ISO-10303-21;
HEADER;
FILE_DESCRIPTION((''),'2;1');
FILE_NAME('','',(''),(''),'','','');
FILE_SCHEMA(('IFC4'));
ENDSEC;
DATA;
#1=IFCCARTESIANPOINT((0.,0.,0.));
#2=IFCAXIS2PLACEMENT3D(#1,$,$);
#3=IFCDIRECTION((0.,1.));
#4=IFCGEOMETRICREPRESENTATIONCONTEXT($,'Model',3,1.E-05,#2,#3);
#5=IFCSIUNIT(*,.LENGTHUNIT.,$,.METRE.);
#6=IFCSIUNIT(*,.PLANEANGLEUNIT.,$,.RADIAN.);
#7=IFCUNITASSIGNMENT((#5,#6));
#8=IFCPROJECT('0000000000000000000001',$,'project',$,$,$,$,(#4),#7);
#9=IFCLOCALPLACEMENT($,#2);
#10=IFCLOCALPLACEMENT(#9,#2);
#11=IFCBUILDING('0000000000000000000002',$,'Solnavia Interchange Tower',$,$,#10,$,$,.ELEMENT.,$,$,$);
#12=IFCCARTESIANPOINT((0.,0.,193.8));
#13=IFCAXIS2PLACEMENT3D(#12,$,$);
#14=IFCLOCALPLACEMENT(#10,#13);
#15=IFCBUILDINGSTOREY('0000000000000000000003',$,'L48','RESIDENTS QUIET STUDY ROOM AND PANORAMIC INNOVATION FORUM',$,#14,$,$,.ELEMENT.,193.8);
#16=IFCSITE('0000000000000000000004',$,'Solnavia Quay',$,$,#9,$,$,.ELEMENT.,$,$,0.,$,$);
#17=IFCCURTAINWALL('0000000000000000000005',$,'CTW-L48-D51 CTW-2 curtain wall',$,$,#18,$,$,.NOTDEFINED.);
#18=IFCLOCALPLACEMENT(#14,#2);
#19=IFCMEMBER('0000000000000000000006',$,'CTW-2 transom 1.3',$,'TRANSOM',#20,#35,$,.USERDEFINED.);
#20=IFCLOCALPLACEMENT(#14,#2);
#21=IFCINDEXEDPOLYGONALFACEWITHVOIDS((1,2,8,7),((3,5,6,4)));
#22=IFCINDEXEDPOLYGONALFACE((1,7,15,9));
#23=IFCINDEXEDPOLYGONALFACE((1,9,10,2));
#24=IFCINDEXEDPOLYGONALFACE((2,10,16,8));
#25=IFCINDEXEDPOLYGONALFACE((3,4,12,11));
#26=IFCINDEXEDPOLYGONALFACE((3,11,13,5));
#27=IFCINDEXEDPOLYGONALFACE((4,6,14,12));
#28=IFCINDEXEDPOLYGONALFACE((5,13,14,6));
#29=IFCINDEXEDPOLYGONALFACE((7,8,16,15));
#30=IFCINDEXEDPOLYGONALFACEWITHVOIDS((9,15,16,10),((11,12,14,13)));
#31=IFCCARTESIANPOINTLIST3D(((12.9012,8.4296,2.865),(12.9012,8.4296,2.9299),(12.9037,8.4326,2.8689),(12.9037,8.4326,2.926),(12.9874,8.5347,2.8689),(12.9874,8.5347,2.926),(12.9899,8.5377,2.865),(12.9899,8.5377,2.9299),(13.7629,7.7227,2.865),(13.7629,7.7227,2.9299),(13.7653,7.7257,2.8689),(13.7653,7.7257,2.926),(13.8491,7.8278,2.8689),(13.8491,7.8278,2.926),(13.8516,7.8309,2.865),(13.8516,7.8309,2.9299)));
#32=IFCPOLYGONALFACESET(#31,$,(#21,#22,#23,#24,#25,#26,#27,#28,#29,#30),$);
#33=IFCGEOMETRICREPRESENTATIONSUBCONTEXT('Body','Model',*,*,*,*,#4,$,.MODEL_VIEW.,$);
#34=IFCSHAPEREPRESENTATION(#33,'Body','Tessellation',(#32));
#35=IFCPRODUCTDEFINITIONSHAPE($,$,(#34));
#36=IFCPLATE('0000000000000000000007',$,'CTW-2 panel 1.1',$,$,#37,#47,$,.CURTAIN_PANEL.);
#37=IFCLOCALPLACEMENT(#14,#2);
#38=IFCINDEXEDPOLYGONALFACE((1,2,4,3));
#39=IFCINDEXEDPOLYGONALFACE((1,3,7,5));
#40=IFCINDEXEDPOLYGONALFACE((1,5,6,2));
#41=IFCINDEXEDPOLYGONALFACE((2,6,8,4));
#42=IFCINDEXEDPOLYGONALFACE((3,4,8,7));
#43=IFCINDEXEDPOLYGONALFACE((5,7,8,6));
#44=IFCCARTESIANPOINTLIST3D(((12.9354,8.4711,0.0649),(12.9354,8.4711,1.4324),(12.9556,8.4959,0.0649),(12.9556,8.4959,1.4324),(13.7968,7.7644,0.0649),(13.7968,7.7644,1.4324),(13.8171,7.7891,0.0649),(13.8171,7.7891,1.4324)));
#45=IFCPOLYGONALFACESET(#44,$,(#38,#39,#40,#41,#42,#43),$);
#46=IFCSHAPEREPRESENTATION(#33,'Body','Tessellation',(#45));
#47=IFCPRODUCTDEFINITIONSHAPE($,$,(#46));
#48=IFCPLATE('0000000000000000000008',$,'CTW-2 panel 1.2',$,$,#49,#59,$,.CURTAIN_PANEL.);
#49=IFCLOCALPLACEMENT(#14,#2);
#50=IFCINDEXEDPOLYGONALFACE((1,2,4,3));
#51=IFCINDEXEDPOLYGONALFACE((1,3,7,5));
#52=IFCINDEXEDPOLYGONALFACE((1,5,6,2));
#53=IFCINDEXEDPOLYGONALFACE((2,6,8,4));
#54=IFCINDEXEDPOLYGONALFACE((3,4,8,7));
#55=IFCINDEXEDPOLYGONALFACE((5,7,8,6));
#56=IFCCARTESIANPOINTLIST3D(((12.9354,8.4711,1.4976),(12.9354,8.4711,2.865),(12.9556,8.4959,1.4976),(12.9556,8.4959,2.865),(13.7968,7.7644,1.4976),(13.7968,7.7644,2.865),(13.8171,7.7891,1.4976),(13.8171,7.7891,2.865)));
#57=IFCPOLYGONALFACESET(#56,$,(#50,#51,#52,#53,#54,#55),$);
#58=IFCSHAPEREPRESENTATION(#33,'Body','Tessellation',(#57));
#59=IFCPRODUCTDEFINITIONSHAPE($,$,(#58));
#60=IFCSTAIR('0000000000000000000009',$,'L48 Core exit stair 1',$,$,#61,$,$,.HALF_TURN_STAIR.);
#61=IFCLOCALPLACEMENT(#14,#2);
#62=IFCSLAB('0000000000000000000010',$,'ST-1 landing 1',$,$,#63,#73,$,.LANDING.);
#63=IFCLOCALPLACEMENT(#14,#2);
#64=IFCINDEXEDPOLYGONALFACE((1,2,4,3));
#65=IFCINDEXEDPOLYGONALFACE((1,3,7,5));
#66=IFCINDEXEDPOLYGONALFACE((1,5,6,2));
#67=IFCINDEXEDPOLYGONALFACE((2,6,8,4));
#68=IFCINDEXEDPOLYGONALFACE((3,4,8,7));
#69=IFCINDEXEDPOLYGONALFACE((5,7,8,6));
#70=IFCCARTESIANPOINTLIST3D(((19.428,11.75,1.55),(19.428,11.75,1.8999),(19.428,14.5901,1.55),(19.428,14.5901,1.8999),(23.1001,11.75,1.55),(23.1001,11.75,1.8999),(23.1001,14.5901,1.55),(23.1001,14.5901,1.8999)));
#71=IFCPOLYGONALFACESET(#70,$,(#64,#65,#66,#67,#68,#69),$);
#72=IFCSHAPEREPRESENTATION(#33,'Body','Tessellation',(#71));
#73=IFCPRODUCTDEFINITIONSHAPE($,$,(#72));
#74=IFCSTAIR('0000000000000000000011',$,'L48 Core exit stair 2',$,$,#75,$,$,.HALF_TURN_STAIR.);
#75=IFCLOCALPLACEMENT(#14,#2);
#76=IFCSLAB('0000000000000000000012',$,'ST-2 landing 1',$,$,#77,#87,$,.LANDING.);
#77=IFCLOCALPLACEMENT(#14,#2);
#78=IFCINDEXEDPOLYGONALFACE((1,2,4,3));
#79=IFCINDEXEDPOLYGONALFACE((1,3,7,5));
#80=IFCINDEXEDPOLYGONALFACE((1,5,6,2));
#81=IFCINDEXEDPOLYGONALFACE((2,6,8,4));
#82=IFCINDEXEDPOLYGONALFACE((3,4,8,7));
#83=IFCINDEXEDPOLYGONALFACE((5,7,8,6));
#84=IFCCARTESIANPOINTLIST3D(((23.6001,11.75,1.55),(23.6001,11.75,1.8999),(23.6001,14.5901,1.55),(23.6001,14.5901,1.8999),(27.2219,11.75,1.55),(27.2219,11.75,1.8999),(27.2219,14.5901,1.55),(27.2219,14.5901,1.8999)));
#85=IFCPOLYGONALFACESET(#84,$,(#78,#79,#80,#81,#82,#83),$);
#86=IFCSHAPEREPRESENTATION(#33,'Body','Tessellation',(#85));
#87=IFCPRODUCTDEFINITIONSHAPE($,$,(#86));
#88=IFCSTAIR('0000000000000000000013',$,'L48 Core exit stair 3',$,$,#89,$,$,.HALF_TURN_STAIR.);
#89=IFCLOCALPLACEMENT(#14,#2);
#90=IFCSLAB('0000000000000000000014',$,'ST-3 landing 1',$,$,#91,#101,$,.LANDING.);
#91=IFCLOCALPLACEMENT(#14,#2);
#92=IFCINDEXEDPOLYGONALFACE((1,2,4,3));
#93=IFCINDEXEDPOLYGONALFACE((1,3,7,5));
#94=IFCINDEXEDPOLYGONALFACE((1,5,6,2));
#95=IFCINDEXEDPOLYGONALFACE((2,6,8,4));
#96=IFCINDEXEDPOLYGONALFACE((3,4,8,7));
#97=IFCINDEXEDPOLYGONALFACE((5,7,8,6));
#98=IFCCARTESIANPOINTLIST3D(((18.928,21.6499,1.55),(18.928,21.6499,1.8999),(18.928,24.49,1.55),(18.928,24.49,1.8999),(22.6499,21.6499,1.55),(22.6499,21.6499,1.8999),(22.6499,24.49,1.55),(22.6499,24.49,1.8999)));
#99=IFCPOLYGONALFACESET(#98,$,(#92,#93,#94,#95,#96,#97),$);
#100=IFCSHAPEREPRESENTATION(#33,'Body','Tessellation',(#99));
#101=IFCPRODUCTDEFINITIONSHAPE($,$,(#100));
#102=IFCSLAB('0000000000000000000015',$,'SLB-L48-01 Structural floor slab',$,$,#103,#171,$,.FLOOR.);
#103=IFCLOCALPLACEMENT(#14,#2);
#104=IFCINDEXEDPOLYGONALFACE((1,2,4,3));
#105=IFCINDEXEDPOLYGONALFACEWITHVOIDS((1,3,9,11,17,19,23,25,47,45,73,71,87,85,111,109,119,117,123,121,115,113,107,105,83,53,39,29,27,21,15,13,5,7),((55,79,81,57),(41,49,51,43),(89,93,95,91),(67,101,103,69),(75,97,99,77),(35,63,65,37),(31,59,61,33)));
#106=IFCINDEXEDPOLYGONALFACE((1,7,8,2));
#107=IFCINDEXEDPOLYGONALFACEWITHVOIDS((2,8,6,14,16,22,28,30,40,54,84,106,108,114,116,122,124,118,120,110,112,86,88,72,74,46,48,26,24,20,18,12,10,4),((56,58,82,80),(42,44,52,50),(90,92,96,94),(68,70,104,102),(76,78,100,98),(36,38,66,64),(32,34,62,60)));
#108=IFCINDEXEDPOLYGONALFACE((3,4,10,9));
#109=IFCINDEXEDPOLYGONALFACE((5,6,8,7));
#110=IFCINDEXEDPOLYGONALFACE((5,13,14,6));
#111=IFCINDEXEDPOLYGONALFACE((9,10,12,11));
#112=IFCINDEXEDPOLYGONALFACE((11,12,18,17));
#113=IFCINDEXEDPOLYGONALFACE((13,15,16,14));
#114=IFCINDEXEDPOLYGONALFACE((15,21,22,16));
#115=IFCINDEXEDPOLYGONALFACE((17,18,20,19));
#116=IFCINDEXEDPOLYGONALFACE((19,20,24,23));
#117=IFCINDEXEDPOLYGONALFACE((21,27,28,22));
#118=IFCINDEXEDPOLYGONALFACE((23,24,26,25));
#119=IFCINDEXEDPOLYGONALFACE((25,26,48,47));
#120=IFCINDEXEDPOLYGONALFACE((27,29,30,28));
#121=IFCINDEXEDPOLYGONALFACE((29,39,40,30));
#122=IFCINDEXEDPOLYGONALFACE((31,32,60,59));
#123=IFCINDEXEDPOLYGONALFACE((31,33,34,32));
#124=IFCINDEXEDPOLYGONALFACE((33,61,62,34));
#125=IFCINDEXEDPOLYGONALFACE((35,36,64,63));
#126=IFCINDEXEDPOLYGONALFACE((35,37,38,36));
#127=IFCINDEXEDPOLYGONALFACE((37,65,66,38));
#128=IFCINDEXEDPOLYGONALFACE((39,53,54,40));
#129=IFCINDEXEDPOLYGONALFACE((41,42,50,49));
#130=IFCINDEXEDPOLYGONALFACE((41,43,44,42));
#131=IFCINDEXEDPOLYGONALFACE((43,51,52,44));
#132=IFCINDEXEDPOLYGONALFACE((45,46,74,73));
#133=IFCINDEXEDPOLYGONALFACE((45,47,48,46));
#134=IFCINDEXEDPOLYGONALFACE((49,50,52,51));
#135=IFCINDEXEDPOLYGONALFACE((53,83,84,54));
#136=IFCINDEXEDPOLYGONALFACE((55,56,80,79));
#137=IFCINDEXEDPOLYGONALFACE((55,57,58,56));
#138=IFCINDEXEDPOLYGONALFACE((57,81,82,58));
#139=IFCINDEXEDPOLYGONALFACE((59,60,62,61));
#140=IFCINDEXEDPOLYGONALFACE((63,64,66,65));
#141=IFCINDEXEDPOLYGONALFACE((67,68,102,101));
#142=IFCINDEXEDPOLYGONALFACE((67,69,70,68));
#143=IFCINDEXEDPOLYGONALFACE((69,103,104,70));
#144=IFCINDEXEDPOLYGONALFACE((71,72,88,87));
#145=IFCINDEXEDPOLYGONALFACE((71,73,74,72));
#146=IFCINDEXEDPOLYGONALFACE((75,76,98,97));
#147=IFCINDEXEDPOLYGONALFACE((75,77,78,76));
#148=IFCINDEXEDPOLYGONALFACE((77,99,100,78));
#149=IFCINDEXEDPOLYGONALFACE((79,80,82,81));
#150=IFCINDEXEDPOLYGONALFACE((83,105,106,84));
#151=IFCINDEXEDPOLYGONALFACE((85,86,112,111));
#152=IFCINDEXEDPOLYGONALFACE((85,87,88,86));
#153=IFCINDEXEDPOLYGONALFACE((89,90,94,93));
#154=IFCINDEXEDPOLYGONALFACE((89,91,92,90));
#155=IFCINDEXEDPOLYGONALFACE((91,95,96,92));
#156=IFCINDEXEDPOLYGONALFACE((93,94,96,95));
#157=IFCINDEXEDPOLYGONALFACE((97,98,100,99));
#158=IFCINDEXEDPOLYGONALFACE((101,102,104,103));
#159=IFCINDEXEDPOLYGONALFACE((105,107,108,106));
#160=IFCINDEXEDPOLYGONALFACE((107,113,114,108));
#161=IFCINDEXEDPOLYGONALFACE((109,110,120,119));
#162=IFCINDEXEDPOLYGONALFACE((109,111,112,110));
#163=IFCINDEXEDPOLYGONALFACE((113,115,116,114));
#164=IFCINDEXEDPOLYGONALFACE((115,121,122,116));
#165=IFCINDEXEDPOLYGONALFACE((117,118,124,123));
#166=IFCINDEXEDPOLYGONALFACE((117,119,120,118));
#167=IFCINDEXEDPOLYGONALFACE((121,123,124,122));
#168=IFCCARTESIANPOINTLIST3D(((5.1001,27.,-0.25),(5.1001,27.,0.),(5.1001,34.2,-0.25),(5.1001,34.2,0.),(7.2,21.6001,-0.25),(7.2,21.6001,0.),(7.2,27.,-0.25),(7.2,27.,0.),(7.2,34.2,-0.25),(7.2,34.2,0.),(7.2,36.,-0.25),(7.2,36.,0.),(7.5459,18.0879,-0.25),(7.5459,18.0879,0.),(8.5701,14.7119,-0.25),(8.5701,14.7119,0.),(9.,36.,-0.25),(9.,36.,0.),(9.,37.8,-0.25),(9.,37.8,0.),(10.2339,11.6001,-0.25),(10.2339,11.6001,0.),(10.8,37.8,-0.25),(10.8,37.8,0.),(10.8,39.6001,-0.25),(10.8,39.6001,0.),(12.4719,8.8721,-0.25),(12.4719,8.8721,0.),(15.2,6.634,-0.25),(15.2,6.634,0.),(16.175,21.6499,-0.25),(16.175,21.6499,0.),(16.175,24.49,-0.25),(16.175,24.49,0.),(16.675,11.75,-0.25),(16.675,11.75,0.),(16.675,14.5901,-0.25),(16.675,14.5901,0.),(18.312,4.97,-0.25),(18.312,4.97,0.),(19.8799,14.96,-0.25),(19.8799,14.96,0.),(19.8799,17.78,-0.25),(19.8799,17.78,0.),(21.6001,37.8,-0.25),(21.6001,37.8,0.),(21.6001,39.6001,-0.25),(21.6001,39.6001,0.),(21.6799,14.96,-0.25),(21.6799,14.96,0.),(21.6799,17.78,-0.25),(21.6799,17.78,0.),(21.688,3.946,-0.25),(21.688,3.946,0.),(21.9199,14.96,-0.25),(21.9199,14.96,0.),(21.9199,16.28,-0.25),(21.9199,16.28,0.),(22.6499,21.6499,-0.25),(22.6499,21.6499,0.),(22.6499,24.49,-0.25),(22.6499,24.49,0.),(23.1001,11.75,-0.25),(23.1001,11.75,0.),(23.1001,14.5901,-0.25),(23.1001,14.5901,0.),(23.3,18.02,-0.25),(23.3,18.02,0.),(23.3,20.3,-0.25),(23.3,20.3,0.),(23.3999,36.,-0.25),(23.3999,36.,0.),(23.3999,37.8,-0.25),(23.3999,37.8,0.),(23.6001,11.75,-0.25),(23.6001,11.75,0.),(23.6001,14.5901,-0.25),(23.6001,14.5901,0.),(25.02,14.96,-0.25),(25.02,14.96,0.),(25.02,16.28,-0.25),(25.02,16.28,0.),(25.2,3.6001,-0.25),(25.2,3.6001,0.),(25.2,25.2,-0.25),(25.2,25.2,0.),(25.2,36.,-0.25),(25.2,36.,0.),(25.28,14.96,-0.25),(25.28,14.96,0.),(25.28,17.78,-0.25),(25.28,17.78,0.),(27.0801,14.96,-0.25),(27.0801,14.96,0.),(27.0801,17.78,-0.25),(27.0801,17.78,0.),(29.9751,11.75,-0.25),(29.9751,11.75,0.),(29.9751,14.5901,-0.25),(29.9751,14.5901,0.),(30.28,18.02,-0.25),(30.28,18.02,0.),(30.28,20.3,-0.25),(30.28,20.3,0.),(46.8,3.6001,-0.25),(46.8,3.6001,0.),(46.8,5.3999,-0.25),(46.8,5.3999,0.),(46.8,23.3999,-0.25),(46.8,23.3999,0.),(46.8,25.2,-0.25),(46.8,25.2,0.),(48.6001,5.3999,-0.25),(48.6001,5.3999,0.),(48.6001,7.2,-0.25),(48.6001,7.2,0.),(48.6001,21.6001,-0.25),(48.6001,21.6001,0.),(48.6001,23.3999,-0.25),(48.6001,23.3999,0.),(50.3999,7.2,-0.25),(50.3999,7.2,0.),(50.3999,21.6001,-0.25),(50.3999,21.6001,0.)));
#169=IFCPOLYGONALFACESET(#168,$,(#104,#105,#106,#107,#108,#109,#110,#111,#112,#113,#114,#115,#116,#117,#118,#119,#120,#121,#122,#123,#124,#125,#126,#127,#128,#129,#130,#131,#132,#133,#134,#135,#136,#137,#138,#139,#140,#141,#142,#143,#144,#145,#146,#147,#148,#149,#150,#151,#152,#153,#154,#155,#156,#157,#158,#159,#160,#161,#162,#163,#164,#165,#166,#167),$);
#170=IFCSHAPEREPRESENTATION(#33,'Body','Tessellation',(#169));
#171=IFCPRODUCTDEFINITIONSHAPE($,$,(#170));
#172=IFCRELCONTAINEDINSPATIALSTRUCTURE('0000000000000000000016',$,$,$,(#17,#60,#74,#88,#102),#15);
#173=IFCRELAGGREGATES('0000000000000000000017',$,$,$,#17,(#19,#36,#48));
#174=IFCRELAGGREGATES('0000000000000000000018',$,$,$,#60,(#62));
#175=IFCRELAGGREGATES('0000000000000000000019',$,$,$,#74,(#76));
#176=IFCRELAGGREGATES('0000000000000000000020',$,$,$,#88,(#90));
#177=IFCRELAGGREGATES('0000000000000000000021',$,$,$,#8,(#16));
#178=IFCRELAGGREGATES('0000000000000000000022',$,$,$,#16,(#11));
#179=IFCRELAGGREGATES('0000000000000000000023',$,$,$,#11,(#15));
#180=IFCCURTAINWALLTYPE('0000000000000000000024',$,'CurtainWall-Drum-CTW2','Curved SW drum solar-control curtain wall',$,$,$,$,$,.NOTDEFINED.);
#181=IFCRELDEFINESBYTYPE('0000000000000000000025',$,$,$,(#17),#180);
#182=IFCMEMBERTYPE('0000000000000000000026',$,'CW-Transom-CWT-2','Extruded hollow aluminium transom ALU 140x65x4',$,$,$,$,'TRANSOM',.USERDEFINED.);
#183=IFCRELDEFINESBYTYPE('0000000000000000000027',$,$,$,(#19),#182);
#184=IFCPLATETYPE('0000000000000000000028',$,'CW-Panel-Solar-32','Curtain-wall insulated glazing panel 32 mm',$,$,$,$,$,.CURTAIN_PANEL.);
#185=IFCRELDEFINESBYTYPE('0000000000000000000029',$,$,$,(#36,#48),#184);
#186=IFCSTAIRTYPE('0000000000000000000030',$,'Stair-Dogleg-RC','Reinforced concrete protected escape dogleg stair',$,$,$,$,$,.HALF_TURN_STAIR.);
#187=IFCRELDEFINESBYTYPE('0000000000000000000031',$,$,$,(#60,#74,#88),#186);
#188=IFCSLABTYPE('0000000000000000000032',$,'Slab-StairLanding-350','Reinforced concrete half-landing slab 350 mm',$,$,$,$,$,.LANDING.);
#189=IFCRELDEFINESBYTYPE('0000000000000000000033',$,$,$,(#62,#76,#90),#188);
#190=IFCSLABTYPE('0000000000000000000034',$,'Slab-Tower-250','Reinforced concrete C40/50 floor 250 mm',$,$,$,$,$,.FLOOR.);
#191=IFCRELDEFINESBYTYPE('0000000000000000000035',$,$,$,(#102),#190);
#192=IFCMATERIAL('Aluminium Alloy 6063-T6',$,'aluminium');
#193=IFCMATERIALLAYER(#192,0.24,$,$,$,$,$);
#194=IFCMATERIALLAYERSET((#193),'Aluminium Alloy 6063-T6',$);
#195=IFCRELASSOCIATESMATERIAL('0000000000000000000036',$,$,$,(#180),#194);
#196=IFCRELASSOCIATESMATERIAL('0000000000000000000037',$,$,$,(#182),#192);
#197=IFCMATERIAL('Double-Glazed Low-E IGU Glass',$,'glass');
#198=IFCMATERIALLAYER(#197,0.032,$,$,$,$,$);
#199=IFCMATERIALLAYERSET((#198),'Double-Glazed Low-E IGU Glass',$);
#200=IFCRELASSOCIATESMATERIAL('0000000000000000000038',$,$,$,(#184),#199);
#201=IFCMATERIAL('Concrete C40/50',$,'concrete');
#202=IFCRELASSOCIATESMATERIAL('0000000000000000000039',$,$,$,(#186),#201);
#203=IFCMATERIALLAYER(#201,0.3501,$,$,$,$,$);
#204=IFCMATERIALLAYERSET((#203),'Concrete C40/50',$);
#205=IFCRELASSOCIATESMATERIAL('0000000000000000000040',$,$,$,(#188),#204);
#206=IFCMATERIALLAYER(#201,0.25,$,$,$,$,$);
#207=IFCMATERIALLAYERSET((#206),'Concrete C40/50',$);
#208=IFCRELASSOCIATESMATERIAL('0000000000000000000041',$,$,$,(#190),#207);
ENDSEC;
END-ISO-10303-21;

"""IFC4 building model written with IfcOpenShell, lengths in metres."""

from ifc_helpers import new_model, si_unit, direction, frame, origin, origin_2d, place, context, subcontext, project, spatial, polyline, rectangle, hollow_rectangle, outline, extrude, material, layer, layer_set, material_profile, profile_set, type_object, element, aggregate, save


model = new_model("IFC4")

# Units and contexts
model_context = context("Model", 3, precision=1e-05, world=origin(), true_north=direction((0.0, 1.0)))
body_context = subcontext(model_context, "Body", "Model", "MODEL_VIEW")
ifc_project = project(units=[si_unit("LENGTHUNIT", "METRE"), si_unit("PLANEANGLEUNIT", "RADIAN")], contexts=[model_context])

# Site, building, storey
site_placement = place(None, origin())
site = spatial("IfcSite", under=ifc_project, at=site_placement, Name="Solnavia Quay", CompositionType="ELEMENT", RefElevation=0.0)
building_placement = place(site_placement, origin())
building = spatial("IfcBuilding", under=site, at=building_placement, Name="Solnavia Interchange Tower", CompositionType="ELEMENT")
storey_placement = place(building_placement, frame((0.0, 0.0, 193.8)))
storey = spatial("IfcBuildingStorey", under=building, at=storey_placement, Name="L48", Description="RESIDENTS QUIET STUDY ROOM AND PANORAMIC INNOVATION FORUM", CompositionType="ELEMENT", Elevation=193.8)

# Curtain wall, member, plates
ifc_material_1 = material(Name="Aluminium Alloy 6063-T6", Category="aluminium")
ifc_layer_1 = layer(ifc_material_1, 0.24)
ifc_layer_set_1 = layer_set([ifc_layer_1], Name="Aluminium Alloy 6063-T6")
curtain_wall_type = type_object("IfcCurtainWallType", Name="CurtainWall-Drum-CTW2", Description="Curved SW drum solar-control curtain wall", PredefinedType="NOTDEFINED", material=ifc_layer_set_1)
curtain_wall_placement = place(storey_placement, origin())
curtain_wall = element("IfcCurtainWall", 1, at=curtain_wall_placement, inside=storey, type_object=curtain_wall_type, Name="CTW-L48-D51 CTW-2 curtain wall", PredefinedType="NOTDEFINED")
ifc_material_profile_1 = material_profile(ifc_material_1, hollow_rectangle(XDim=0.0649, YDim=0.1399, WallThickness=0.0039, at=origin_2d()), Name="ALU 140x65x4")
ifc_profile_set_1 = profile_set([ifc_material_profile_1], Name="Aluminium Alloy 6063-T6")
member_type_1 = type_object("IfcMemberType", Name="CW-Transom-CWT-2", Description="Extruded hollow aluminium transom ALU 140x65x4", ElementType="TRANSOM", PredefinedType="USERDEFINED", material=ifc_profile_set_1)
member_1_placement = place(storey_placement, frame((12.9456, 8.4836, 2.8975), z_axis=(0.773137, -0.634239, 0.0), x_axis=(0.0, 0.0, 1.0)))
member_1 = element("IfcMember", 2, at=member_1_placement, type_object=member_type_1, Name="CTW-2 transom 1.3", ObjectType="TRANSOM", PredefinedType="USERDEFINED", context=body_context, shape_type="SweptSolid", body=[
    extrude(hollow_rectangle(XDim=0.0649, YDim=0.1399, WallThickness=0.0039, at=origin_2d()), origin(), (0.0, 0.0, 1.0), 1.1145),
])
ifc_material_2 = material(Name="Double-Glazed Low-E IGU Glass", Category="glass")
ifc_layer_2 = layer(ifc_material_2, 0.032)
ifc_layer_set_2 = layer_set([ifc_layer_2], Name="Double-Glazed Low-E IGU Glass")
plate_type = type_object("IfcPlateType", Name="CW-Panel-Solar-32", Description="Curtain-wall insulated glazing panel 32 mm", PredefinedType="CURTAIN_PANEL", material=ifc_layer_set_2)
plate_1_placement = place(storey_placement, frame((13.3762, 8.1301, 0.0649), z_axis=(0.0, 0.0, 1.0), x_axis=(0.773103, -0.63428, 0.0)))
plate_1 = element("IfcPlate", 3, at=plate_1_placement, type_object=plate_type, Name="CTW-2 panel 1.1", PredefinedType="CURTAIN_PANEL", context=body_context, shape_type="SweptSolid", body=[
    extrude(rectangle(XDim=1.1143, YDim=0.032, at=origin_2d()), origin(), (0.0, 0.0, 1.0), 1.3674),
])
plate_2_placement = place(storey_placement, frame((13.3762, 8.1301, 1.4976), z_axis=(0.0, 0.0, 1.0), x_axis=(0.773103, -0.63428, 0.0)))
plate_2 = element("IfcPlate", 4, at=plate_2_placement, type_object=plate_type, Name="CTW-2 panel 1.2", PredefinedType="CURTAIN_PANEL", context=body_context, shape_type="SweptSolid", body=[
    extrude(rectangle(XDim=1.1143, YDim=0.032, at=origin_2d()), origin(), (0.0, 0.0, 1.0), 1.3674),
])
aggregate(curtain_wall, [member_1, plate_1, plate_2])

# Stairs, slabs
ifc_material_3 = material(Name="Concrete C40/50", Category="concrete")
stair_type = type_object("IfcStairType", Name="Stair-Dogleg-RC", Description="Reinforced concrete protected escape dogleg stair", PredefinedType="HALF_TURN_STAIR", material=ifc_material_3)
stair_1_placement = place(storey_placement, origin())
stair_1 = element("IfcStair", 5, at=stair_1_placement, inside=storey, type_object=stair_type, Name="L48 Core exit stair 1", PredefinedType="HALF_TURN_STAIR")
ifc_layer_3 = layer(ifc_material_3, 0.3501)
ifc_layer_set_3 = layer_set([ifc_layer_3], Name="Concrete C40/50")
slab_type_1 = type_object("IfcSlabType", Name="Slab-StairLanding-350", Description="Reinforced concrete half-landing slab 350 mm", PredefinedType="LANDING", material=ifc_layer_set_3)
slab_1_placement = place(storey_placement, frame((0.0, 0.0, 1.55)))
slab_1 = element("IfcSlab", 6, at=slab_1_placement, type_object=slab_type_1, Name="ST-1 landing 1", PredefinedType="LANDING", context=body_context, shape_type="SweptSolid", body=[
    extrude(outline(polyline([(19.428, 11.75), (23.1001, 11.75), (23.1001, 14.5901), (19.428, 14.5901), (19.428, 11.75)])), origin(), (0.0, 0.0, 1.0), 0.3499),
])
aggregate(stair_1, [slab_1])
stair_2_placement = place(storey_placement, origin())
stair_2 = element("IfcStair", 7, at=stair_2_placement, inside=storey, type_object=stair_type, Name="L48 Core exit stair 2", PredefinedType="HALF_TURN_STAIR")
slab_2_placement = place(storey_placement, frame((0.0, 0.0, 1.55)))
slab_2 = element("IfcSlab", 8, at=slab_2_placement, type_object=slab_type_1, Name="ST-2 landing 1", PredefinedType="LANDING", context=body_context, shape_type="SweptSolid", body=[
    extrude(outline(polyline([(23.6001, 11.75), (27.2219, 11.75), (27.2219, 14.5901), (23.6001, 14.5901), (23.6001, 11.75)])), origin(), (0.0, 0.0, 1.0), 0.3499),
])
aggregate(stair_2, [slab_2])
stair_3_placement = place(storey_placement, origin())
stair_3 = element("IfcStair", 9, at=stair_3_placement, inside=storey, type_object=stair_type, Name="L48 Core exit stair 3", PredefinedType="HALF_TURN_STAIR")
slab_3_placement = place(storey_placement, frame((0.0, 0.0, 1.55)))
slab_3 = element("IfcSlab", 10, at=slab_3_placement, type_object=slab_type_1, Name="ST-3 landing 1", PredefinedType="LANDING", context=body_context, shape_type="SweptSolid", body=[
    extrude(outline(polyline([(18.928, 21.6499), (22.6499, 21.6499), (22.6499, 24.49), (18.928, 24.49), (18.928, 21.6499)])), origin(), (0.0, 0.0, 1.0), 0.3499),
])
aggregate(stair_3, [slab_3])

# Slab
ifc_layer_4 = layer(ifc_material_3, 0.25)
ifc_layer_set_4 = layer_set([ifc_layer_4], Name="Concrete C40/50")
slab_type_2 = type_object("IfcSlabType", Name="Slab-Tower-250", Description="Reinforced concrete C40/50 floor 250 mm", PredefinedType="FLOOR", material=ifc_layer_set_4)
slab_4_placement = place(storey_placement, frame((0.0, 0.0, -0.25)))
element("IfcSlab", 11, at=slab_4_placement, inside=storey, type_object=slab_type_2, Name="SLB-L48-01 Structural floor slab", PredefinedType="FLOOR", context=body_context, shape_type="SweptSolid", body=[
    extrude(outline(polyline([(25.2, 3.6001), (46.8, 3.6001), (46.8, 5.3999), (48.6001, 5.3999), (48.6001, 7.2), (50.3999, 7.2), (50.3999, 21.6001), (48.6001, 21.6001), (48.6001, 23.3999), (46.8, 23.3999), (46.8, 25.2), (25.2, 25.2), (25.2, 36.0), (23.3999, 36.0), (23.3999, 37.8), (21.6001, 37.8), (21.6001, 39.6001), (10.8, 39.6001), (10.8, 37.8), (9.0, 37.8), (9.0, 36.0), (7.2, 36.0), (7.2, 34.2), (5.1001, 34.2), (5.1001, 27.0), (7.2, 27.0), (7.2, 21.6001), (7.5459, 18.0879), (8.5701, 14.7119), (10.2339, 11.6001), (12.4719, 8.8721), (15.2, 6.634), (18.312, 4.97), (21.688, 3.946), (25.2, 3.6001)]), holes=[polyline([(16.675, 11.75), (23.1001, 11.75), (23.1001, 14.5901), (16.675, 14.5901), (16.675, 11.75)]), polyline([(23.6001, 11.75), (29.9751, 11.75), (29.9751, 14.5901), (23.6001, 14.5901), (23.6001, 11.75)]), polyline([(16.175, 21.6499), (22.6499, 21.6499), (22.6499, 24.49), (16.175, 24.49), (16.175, 21.6499)]), polyline([(19.8799, 14.96), (21.6799, 14.96), (21.6799, 17.78), (19.8799, 17.78), (19.8799, 14.96)]), polyline([(25.28, 14.96), (27.0801, 14.96), (27.0801, 17.78), (25.28, 17.78), (25.28, 14.96)]), polyline([(21.9199, 14.96), (25.02, 14.96), (25.02, 16.28), (21.9199, 16.28), (21.9199, 14.96)]), polyline([(23.3, 18.02), (30.28, 18.02), (30.28, 20.3), (23.3, 20.3), (23.3, 18.02)])]), origin(), (0.0, 0.0, 1.0), 0.25),
])

save(model, "model.ifc")
